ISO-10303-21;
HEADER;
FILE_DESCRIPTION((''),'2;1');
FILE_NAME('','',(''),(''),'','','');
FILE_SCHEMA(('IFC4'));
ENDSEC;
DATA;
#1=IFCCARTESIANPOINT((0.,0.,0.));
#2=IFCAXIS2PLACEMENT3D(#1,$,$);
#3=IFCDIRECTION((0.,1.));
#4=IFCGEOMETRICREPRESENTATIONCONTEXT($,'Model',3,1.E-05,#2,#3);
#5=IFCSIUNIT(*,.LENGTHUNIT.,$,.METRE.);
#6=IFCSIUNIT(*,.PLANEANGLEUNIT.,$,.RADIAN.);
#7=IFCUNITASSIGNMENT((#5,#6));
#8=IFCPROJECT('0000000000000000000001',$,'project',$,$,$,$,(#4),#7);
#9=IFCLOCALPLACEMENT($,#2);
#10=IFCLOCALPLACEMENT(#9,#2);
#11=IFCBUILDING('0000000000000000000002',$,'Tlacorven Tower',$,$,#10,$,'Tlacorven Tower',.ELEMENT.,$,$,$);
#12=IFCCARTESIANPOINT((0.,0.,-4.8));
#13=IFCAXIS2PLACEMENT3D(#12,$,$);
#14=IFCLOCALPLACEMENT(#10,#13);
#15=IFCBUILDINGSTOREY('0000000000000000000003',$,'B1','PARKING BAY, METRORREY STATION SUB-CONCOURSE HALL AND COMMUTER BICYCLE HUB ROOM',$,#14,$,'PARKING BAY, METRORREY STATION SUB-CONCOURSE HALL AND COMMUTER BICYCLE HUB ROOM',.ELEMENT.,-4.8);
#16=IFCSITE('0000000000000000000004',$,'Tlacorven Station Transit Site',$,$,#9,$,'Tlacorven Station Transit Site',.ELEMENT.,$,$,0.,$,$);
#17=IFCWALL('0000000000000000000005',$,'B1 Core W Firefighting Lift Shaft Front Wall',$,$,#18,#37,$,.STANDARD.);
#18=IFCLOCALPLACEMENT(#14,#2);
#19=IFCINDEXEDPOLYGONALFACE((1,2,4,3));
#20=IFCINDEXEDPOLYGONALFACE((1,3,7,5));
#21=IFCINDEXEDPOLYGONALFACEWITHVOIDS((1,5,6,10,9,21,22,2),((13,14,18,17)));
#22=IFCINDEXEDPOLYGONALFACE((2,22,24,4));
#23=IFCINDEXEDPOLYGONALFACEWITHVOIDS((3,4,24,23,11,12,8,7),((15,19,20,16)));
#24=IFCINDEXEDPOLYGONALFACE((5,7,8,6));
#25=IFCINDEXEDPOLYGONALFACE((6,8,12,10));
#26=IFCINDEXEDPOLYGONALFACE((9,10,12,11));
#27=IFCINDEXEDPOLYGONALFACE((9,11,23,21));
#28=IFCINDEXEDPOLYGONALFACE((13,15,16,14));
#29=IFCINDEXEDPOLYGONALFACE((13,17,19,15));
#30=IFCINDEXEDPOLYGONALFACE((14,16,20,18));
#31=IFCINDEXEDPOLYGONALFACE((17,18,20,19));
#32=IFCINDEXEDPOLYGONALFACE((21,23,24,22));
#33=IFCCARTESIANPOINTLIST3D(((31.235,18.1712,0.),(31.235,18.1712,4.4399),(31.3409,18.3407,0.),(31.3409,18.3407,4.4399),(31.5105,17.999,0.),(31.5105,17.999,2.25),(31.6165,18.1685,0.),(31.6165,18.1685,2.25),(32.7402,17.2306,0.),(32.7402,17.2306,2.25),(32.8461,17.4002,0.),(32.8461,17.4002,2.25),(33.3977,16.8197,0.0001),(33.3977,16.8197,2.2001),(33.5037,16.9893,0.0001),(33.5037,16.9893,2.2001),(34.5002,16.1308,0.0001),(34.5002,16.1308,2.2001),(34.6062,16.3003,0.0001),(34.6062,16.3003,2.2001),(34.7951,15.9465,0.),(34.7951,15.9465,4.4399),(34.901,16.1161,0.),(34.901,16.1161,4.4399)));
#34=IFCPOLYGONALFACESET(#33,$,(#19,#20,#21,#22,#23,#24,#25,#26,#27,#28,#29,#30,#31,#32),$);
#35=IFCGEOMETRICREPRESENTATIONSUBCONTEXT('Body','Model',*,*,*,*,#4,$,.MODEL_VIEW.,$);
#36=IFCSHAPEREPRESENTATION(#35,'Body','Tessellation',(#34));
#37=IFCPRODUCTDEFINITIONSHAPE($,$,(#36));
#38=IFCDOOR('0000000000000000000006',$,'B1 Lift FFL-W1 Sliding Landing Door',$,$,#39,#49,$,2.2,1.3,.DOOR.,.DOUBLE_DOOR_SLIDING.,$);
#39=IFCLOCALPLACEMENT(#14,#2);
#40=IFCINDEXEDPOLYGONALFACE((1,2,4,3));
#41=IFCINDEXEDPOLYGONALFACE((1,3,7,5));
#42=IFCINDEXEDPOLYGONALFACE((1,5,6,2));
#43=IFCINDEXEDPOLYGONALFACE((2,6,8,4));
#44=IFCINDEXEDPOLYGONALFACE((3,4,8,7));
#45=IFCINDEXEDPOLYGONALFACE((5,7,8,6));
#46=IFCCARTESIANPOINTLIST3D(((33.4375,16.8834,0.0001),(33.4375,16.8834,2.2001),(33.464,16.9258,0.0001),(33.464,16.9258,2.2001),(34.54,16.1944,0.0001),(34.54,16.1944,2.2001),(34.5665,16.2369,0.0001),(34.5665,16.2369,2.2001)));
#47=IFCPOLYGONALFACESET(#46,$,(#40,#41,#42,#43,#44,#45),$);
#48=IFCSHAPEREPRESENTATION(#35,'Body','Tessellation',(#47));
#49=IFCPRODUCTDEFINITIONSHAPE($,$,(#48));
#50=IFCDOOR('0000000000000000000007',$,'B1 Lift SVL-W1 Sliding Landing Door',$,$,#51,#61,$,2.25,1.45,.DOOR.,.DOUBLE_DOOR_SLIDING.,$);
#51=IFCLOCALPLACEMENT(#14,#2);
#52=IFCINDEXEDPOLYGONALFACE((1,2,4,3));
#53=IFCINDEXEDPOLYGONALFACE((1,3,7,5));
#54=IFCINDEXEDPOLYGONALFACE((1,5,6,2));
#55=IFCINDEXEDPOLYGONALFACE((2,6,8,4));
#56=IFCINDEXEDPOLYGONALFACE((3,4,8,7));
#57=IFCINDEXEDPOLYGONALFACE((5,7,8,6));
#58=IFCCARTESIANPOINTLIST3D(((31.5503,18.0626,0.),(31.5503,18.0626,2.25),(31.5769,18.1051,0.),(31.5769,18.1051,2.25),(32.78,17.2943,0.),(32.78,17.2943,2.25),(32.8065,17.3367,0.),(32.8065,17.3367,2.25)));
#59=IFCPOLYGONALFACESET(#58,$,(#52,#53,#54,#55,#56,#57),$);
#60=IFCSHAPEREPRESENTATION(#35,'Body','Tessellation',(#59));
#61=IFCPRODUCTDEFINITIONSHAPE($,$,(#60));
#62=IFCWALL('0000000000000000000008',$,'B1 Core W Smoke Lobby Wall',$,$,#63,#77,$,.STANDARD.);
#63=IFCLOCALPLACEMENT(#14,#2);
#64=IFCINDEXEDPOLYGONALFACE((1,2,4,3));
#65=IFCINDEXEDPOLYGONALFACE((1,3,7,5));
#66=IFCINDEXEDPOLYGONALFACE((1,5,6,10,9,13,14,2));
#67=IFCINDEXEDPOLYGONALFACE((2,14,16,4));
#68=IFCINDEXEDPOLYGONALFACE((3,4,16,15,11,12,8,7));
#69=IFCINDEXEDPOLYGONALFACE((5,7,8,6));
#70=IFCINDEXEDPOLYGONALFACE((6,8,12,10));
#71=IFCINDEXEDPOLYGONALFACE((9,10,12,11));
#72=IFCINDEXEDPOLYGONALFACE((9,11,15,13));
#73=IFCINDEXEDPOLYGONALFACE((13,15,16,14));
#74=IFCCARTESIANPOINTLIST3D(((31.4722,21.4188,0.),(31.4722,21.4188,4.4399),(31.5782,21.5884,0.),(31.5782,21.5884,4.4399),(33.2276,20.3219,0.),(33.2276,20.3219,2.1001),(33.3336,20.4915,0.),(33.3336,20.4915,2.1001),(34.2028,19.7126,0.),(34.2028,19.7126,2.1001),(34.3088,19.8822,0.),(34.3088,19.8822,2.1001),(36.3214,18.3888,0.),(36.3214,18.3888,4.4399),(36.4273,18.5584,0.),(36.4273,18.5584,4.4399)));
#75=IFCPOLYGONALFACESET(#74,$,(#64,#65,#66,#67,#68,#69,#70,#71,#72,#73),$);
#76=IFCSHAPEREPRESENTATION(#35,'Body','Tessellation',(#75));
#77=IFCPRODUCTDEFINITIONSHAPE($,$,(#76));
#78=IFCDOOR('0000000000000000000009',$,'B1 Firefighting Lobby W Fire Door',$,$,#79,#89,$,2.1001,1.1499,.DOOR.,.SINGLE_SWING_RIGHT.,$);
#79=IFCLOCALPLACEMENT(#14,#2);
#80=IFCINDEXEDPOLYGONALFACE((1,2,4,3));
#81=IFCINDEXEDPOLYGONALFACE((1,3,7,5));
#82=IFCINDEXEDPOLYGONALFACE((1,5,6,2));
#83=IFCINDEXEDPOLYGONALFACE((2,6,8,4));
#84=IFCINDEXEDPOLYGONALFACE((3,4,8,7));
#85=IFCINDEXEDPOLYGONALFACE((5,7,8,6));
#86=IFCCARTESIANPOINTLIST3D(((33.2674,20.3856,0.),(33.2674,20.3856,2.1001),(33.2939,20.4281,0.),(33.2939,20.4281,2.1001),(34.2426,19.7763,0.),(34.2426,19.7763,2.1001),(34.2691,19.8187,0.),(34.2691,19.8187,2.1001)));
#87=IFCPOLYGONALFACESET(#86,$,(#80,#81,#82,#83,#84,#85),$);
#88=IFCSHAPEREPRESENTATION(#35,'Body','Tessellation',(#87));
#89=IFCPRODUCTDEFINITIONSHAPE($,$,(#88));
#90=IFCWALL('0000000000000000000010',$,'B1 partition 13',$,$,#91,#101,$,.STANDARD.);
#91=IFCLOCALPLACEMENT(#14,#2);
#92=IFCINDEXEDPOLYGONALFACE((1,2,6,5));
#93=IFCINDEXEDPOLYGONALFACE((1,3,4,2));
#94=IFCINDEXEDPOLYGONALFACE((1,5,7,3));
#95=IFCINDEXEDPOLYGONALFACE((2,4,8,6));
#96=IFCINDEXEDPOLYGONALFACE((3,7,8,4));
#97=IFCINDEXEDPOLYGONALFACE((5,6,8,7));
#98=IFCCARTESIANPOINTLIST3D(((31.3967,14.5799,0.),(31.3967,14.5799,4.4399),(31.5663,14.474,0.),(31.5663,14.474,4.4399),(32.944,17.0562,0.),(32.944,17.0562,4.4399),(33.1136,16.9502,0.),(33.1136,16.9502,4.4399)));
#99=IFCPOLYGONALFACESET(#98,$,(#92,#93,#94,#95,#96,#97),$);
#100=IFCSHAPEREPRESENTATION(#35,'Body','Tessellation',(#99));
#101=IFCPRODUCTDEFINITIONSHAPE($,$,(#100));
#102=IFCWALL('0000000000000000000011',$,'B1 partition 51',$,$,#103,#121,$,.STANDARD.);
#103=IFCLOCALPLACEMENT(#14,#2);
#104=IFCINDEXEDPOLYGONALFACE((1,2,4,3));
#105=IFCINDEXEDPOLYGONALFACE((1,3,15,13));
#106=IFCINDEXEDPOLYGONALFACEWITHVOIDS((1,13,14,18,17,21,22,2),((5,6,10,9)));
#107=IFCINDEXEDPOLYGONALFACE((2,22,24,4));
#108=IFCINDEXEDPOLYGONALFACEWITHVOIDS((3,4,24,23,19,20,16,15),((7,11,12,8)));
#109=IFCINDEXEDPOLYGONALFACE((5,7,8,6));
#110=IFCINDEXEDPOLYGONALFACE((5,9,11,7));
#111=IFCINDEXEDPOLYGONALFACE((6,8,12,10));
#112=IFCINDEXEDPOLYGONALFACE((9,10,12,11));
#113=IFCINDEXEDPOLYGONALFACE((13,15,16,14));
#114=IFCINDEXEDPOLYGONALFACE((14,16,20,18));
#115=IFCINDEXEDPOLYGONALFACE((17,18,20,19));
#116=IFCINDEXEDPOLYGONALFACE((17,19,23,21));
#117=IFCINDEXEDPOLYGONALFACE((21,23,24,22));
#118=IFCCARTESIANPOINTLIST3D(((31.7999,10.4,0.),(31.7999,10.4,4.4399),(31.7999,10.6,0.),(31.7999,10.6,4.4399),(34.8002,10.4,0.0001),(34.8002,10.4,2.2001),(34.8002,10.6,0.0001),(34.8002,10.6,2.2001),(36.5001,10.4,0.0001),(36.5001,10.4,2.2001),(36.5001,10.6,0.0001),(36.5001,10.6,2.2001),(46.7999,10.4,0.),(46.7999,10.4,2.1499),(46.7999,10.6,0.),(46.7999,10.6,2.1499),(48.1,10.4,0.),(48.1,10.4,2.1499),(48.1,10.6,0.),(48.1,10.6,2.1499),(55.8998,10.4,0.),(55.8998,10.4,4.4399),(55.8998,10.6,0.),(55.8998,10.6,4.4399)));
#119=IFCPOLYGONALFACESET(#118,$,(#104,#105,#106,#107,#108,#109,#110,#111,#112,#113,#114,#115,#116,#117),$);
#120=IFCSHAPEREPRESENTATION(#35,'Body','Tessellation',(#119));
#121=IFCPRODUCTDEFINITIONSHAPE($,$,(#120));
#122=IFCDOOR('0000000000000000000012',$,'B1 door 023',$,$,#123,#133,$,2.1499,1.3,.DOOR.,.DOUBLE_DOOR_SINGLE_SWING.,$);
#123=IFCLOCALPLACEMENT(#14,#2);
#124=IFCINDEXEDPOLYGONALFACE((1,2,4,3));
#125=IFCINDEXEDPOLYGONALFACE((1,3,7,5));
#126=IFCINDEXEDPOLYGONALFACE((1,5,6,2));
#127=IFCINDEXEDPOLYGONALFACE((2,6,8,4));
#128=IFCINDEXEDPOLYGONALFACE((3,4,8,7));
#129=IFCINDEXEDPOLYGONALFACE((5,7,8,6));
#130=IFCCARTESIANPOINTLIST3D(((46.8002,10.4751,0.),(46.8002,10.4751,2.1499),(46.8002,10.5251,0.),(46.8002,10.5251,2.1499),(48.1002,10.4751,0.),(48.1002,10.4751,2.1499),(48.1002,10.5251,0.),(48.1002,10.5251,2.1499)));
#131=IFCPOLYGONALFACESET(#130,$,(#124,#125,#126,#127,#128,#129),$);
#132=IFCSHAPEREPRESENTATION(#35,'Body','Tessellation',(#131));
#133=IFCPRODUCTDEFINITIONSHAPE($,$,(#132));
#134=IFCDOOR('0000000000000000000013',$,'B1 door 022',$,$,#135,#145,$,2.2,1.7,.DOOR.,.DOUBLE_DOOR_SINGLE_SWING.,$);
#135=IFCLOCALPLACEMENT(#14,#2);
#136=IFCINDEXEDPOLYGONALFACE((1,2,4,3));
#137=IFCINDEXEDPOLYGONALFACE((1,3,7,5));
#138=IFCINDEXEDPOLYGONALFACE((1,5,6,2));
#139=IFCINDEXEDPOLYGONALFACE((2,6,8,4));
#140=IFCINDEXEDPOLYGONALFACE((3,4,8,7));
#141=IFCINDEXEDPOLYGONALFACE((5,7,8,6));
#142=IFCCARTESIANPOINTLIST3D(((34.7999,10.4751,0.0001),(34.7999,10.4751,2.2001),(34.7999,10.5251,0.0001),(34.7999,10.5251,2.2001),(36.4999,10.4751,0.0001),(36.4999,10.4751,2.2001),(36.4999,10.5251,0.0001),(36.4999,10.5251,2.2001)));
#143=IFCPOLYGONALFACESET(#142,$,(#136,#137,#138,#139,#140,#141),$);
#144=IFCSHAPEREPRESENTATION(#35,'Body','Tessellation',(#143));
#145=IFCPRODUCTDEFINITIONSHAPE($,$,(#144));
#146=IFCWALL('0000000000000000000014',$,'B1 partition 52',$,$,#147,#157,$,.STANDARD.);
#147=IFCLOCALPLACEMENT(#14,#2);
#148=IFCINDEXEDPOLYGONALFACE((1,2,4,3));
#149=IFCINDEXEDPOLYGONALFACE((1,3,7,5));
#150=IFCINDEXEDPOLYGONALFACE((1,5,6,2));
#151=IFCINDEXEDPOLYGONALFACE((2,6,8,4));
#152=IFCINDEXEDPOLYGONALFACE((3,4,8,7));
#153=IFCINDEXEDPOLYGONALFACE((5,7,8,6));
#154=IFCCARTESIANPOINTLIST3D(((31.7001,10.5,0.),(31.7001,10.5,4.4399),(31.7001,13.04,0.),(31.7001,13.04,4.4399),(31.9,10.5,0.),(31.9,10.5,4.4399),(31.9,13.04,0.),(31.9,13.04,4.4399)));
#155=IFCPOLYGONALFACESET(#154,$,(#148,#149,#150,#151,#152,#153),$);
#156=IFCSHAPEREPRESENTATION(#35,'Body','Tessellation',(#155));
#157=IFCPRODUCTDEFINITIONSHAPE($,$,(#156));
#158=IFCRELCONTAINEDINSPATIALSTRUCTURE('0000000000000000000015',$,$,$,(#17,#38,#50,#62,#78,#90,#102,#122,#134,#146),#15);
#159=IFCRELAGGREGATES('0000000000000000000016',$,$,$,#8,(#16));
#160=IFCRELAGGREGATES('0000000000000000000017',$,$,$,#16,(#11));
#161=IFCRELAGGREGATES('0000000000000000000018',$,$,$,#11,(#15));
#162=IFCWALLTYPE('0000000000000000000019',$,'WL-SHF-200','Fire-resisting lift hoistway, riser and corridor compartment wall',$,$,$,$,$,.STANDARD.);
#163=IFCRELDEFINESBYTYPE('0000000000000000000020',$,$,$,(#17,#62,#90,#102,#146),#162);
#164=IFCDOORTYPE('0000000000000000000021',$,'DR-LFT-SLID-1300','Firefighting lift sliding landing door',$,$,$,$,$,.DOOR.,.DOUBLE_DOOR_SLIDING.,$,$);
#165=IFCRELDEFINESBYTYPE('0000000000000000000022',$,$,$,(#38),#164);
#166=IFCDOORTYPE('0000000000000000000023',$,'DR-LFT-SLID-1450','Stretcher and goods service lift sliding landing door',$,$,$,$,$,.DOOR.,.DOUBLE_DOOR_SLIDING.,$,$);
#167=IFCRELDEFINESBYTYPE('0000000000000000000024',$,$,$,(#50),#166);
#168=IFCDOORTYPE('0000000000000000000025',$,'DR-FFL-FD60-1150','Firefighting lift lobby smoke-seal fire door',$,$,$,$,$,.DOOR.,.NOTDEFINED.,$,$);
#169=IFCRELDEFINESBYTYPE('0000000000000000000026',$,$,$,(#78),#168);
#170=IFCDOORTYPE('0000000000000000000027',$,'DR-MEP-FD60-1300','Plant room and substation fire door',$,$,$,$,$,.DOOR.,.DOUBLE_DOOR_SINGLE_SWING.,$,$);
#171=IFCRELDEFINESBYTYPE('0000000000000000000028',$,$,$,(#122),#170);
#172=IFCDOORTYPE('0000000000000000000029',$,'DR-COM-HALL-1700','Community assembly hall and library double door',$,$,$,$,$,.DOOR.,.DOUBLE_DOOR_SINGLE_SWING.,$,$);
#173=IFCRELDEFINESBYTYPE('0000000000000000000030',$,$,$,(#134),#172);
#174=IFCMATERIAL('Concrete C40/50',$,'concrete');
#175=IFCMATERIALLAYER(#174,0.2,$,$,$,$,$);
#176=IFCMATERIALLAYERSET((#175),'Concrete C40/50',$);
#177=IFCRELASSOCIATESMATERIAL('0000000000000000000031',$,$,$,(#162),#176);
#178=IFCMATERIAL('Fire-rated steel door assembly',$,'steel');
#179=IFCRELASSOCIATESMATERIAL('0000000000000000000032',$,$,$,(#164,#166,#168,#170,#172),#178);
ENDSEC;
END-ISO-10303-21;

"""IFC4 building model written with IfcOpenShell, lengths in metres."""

from ifc_helpers import new_model, si_unit, direction, frame, frame_2d, origin, place, context, subcontext, project, spatial, rectangle, extrude, source, transform, mapped, material, layer, layer_set, type_object, element, fill, save


model = new_model("IFC4")

# Units and contexts
model_context = context("Model", 3, precision=1e-05, world=origin(), true_north=direction((0.0, 1.0)))
body_context = subcontext(model_context, "Body", "Model", "MODEL_VIEW")
ifc_project = project(units=[si_unit("LENGTHUNIT", "METRE"), si_unit("PLANEANGLEUNIT", "RADIAN")], contexts=[model_context])

# Site, building, storey
site_placement = place(None, origin())
site = spatial("IfcSite", under=ifc_project, at=site_placement, Name="Tlacorven Station Transit Site", LongName="Tlacorven Station Transit Site", CompositionType="ELEMENT", RefElevation=0.0)
building_placement = place(site_placement, origin())
building = spatial("IfcBuilding", under=site, at=building_placement, Name="Tlacorven Tower", LongName="Tlacorven Tower", CompositionType="ELEMENT")
storey_placement = place(building_placement, frame((0.0, 0.0, -4.8)))
storey = spatial("IfcBuildingStorey", under=building, at=storey_placement, Name="B1", Description="PARKING BAY, METRORREY STATION SUB-CONCOURSE HALL AND COMMUTER BICYCLE HUB ROOM", LongName="PARKING BAY, METRORREY STATION SUB-CONCOURSE HALL AND COMMUTER BICYCLE HUB ROOM", CompositionType="ELEMENT", Elevation=-4.8)

# Wall, openings, doors
ifc_material_1 = material(Name="Concrete C40/50", Category="concrete")
ifc_layer_1 = layer(ifc_material_1, 0.2)
ifc_layer_set_1 = layer_set([ifc_layer_1], Name="Concrete C40/50")
wall_type_1 = type_object("IfcWallType", Name="WL-SHF-200", Description="Fire-resisting lift hoistway, riser and corridor compartment wall", PredefinedType="STANDARD", material=ifc_layer_set_1)
wall_1_placement = place(storey_placement, frame((34.8481, 16.0312, 0.0), z_axis=(0.0, 0.0, 1.0), x_axis=(-0.848044, 0.529926, 0.0)))
wall_1 = element("IfcWall", 1, at=wall_1_placement, inside=storey, type_object=wall_type_1, Name="B1 Core W Firefighting Lift Shaft Front Wall", PredefinedType="STANDARD", context=body_context, shape_type="SweptSolid", body=[
    extrude(rectangle(XDim=4.198, YDim=0.2, at=frame_2d((2.0991, 0.0))), origin(), (0.0, 0.0, 1.0), 4.4399),
])
opening_1_placement = place(wall_1_placement, frame((0.3479, 0.0, 0.0)))
opening_1 = element("IfcOpeningElement", 2, at=opening_1_placement, cuts=wall_1, PredefinedType="OPENING", context=body_context, shape_type="SweptSolid", body=[
    extrude(rectangle(XDim=1.3, YDim=2.2, at=frame_2d((0.6499, 1.1001))), frame((0.0, 0.1099, 0.0), z_axis=(0.0, -1.0, 0.0), x_axis=(1.0, 0.0, 0.0)), (0.0, 0.0, 1.0), 0.22),
])
opening_2_placement = place(wall_1_placement, frame((2.4231, 0.0, 0.0)))
opening_2 = element("IfcOpeningElement", 3, at=opening_2_placement, cuts=wall_1, PredefinedType="OPENING", context=body_context, shape_type="SweptSolid", body=[
    extrude(rectangle(XDim=1.45, YDim=2.25, at=frame_2d((0.7251, 1.125))), frame((0.0, 0.1099, 0.0), z_axis=(0.0, -1.0, 0.0), x_axis=(1.0, 0.0, 0.0)), (0.0, 0.0, 1.0), 0.22),
])
ifc_material_2 = material(Name="Fire-rated steel door assembly", Category="steel")
door_type_1 = type_object("IfcDoorType", Name="DR-LFT-SLID-1300", Description="Firefighting lift sliding landing door", OperationType="DOUBLE_DOOR_SLIDING", PredefinedType="DOOR", material=ifc_material_2)
shared_shape_1 = source(origin(), body_context, "Body", "SweptSolid", [
    extrude(rectangle(XDim=1.3, YDim=2.2, at=frame_2d((0.6499, 1.1001))), frame((0.0, 0.0249, 0.0), z_axis=(0.0, -1.0, 0.0), x_axis=(1.0, 0.0, 0.0)), (0.0, 0.0, 1.0), 0.05),
])
door_1_placement = place(opening_1_placement, origin())
door_1 = element("IfcDoor", 4, at=door_1_placement, inside=storey, type_object=door_type_1, Name="B1 Lift FFL-W1 Sliding Landing Door", OperationType="DOUBLE_DOOR_SLIDING", OverallHeight=2.2, OverallWidth=1.3, PredefinedType="DOOR", context=body_context, shape_type="MappedRepresentation", body=[
    mapped(shared_shape_1, transform((0.0, 0.0, 0.0), scale=1.0)),
])
fill(opening_1, door_1)
door_type_2 = type_object("IfcDoorType", Name="DR-LFT-SLID-1450", Description="Stretcher and goods service lift sliding landing door", OperationType="DOUBLE_DOOR_SLIDING", PredefinedType="DOOR", material=ifc_material_2)
shared_shape_2 = source(origin(), body_context, "Body", "SweptSolid", [
    extrude(rectangle(XDim=1.45, YDim=2.25, at=frame_2d((0.7251, 1.125))), frame((0.0, 0.0249, 0.0), z_axis=(0.0, -1.0, 0.0), x_axis=(1.0, 0.0, 0.0)), (0.0, 0.0, 1.0), 0.05),
])
door_2_placement = place(opening_2_placement, origin())
door_2 = element("IfcDoor", 5, at=door_2_placement, inside=storey, type_object=door_type_2, Name="B1 Lift SVL-W1 Sliding Landing Door", OperationType="DOUBLE_DOOR_SLIDING", OverallHeight=2.25, OverallWidth=1.45, PredefinedType="DOOR", context=body_context, shape_type="MappedRepresentation", body=[
    mapped(shared_shape_2, transform((0.0, 0.0, 0.0), scale=1.0)),
])
fill(opening_2, door_2)

# Wall, opening, door
wall_2_placement = place(storey_placement, frame((36.3743, 18.4736, 0.0), z_axis=(0.0, 0.0, 1.0), x_axis=(-0.848051, 0.529915, 0.0)))
wall_2 = element("IfcWall", 6, at=wall_2_placement, inside=storey, type_object=wall_type_1, Name="B1 Core W Smoke Lobby Wall", PredefinedType="STANDARD", context=body_context, shape_type="SweptSolid", body=[
    extrude(rectangle(XDim=5.718, YDim=0.2, at=frame_2d((2.8589, 0.0))), origin(), (0.0, 0.0, 1.0), 4.4399),
])
opening_3_placement = place(wall_2_placement, frame((2.498, 0.0, 0.0)))
opening_3 = element("IfcOpeningElement", 7, at=opening_3_placement, cuts=wall_2, PredefinedType="OPENING", context=body_context, shape_type="SweptSolid", body=[
    extrude(rectangle(XDim=1.1499, YDim=2.1001, at=frame_2d((0.575, 1.05))), frame((0.0, 0.1099, 0.0), z_axis=(0.0, -1.0, 0.0), x_axis=(1.0, 0.0, 0.0)), (0.0, 0.0, 1.0), 0.22),
])
door_type_3 = type_object("IfcDoorType", Name="DR-FFL-FD60-1150", Description="Firefighting lift lobby smoke-seal fire door", OperationType="NOTDEFINED", PredefinedType="DOOR", material=ifc_material_2)
shared_shape_3 = source(origin(), body_context, "Body", "SweptSolid", [
    extrude(rectangle(XDim=1.1499, YDim=2.1001, at=frame_2d((0.575, 1.05))), frame((0.0, 0.0249, 0.0), z_axis=(0.0, -1.0, 0.0), x_axis=(1.0, 0.0, 0.0)), (0.0, 0.0, 1.0), 0.05),
])
door_3_placement = place(opening_3_placement, origin())
door_3 = element("IfcDoor", 8, at=door_3_placement, inside=storey, type_object=door_type_3, Name="B1 Firefighting Lobby W Fire Door", OperationType="SINGLE_SWING_RIGHT", OverallHeight=2.1001, OverallWidth=1.1499, PredefinedType="DOOR", context=body_context, shape_type="MappedRepresentation", body=[
    mapped(shared_shape_3, transform((0.0, 0.0, 0.0), scale=1.0)),
])
fill(opening_3, door_3)

# Wall
wall_3_placement = place(storey_placement, frame((33.0288, 17.0032, 0.0), z_axis=(0.0, 0.0, 1.0), x_axis=(-0.529916, -0.84805, 0.0)))
element("IfcWall", 9, at=wall_3_placement, inside=storey, type_object=wall_type_1, Name="B1 partition 13", PredefinedType="STANDARD", context=body_context, shape_type="SweptSolid", body=[
    extrude(rectangle(XDim=2.9199, YDim=0.2, at=frame_2d((1.46, 0.0))), origin(), (0.0, 0.0, 1.0), 4.4399),
])

# Wall, openings, doors
wall_4_placement = place(storey_placement, frame((31.8, 10.5, 0.0), z_axis=(0.0, 0.0, 1.0), x_axis=(1.0, 0.0, 0.0)))
wall_4 = element("IfcWall", 10, at=wall_4_placement, inside=storey, type_object=wall_type_1, Name="B1 partition 51", PredefinedType="STANDARD", context=body_context, shape_type="SweptSolid", body=[
    extrude(rectangle(XDim=24.0999, YDim=0.2, at=frame_2d((12.0498, 0.0))), origin(), (0.0, 0.0, 1.0), 4.4399),
])
opening_4_placement = place(wall_4_placement, frame((3.0, 0.0, 0.0)))
opening_4 = element("IfcOpeningElement", 11, at=opening_4_placement, cuts=wall_4, PredefinedType="OPENING", context=body_context, shape_type="SweptSolid", body=[
    extrude(rectangle(XDim=1.7, YDim=2.2, at=frame_2d((0.8501, 1.1001))), frame((0.0, 0.1099, 0.0), z_axis=(0.0, -1.0, 0.0), x_axis=(1.0, 0.0, 0.0)), (0.0, 0.0, 1.0), 0.22),
])
opening_5_placement = place(wall_4_placement, frame((15.0, 0.0, 0.0)))
opening_5 = element("IfcOpeningElement", 12, at=opening_5_placement, cuts=wall_4, PredefinedType="OPENING", context=body_context, shape_type="SweptSolid", body=[
    extrude(rectangle(XDim=1.3, YDim=2.1499, at=frame_2d((0.6499, 1.075))), frame((0.0, 0.1099, 0.0), z_axis=(0.0, -1.0, 0.0), x_axis=(1.0, 0.0, 0.0)), (0.0, 0.0, 1.0), 0.22),
])
door_type_4 = type_object("IfcDoorType", Name="DR-MEP-FD60-1300", Description="Plant room and substation fire door", OperationType="DOUBLE_DOOR_SINGLE_SWING", PredefinedType="DOOR", material=ifc_material_2)
shared_shape_4 = source(origin(), body_context, "Body", "SweptSolid", [
    extrude(rectangle(XDim=1.3, YDim=2.1499, at=frame_2d((0.6499, 1.075))), frame((0.0, 0.0249, 0.0), z_axis=(0.0, -1.0, 0.0), x_axis=(1.0, 0.0, 0.0)), (0.0, 0.0, 1.0), 0.05),
])
door_4_placement = place(opening_5_placement, frame((1.3, 0.0, 0.0), z_axis=(0.0, 0.0, 1.0), x_axis=(-1.0, 0.0, 0.0)))
door_4 = element("IfcDoor", 13, at=door_4_placement, inside=storey, type_object=door_type_4, Name="B1 door 023", OperationType="DOUBLE_DOOR_SINGLE_SWING", OverallHeight=2.1499, OverallWidth=1.3, PredefinedType="DOOR", context=body_context, shape_type="MappedRepresentation", body=[
    mapped(shared_shape_4, transform((0.0, 0.0, 0.0), scale=1.0)),
])
fill(opening_5, door_4)
door_type_5 = type_object("IfcDoorType", Name="DR-COM-HALL-1700", Description="Community assembly hall and library double door", OperationType="DOUBLE_DOOR_SINGLE_SWING", PredefinedType="DOOR", material=ifc_material_2)
shared_shape_5 = source(origin(), body_context, "Body", "SweptSolid", [
    extrude(rectangle(XDim=1.7, YDim=2.2, at=frame_2d((0.8501, 1.1001))), frame((0.0, 0.0249, 0.0), z_axis=(0.0, -1.0, 0.0), x_axis=(1.0, 0.0, 0.0)), (0.0, 0.0, 1.0), 0.05),
])
door_5_placement = place(opening_4_placement, frame((1.7, 0.0, 0.0), z_axis=(0.0, 0.0, 1.0), x_axis=(-1.0, 0.0, 0.0)))
door_5 = element("IfcDoor", 14, at=door_5_placement, inside=storey, type_object=door_type_5, Name="B1 door 022", OperationType="DOUBLE_DOOR_SINGLE_SWING", OverallHeight=2.2, OverallWidth=1.7, PredefinedType="DOOR", context=body_context, shape_type="MappedRepresentation", body=[
    mapped(shared_shape_5, transform((0.0, 0.0, 0.0), scale=1.0)),
])
fill(opening_4, door_5)

# Wall
wall_5_placement = place(storey_placement, frame((31.8, 10.5, 0.0), z_axis=(0.0, 0.0, 1.0), x_axis=(0.0, 1.0, 0.0)))
element("IfcWall", 15, at=wall_5_placement, inside=storey, type_object=wall_type_1, Name="B1 partition 52", PredefinedType="STANDARD", context=body_context, shape_type="SweptSolid", body=[
    extrude(rectangle(XDim=2.54, YDim=0.2, at=frame_2d((1.27, 0.0))), origin(), (0.0, 0.0, 1.0), 4.4399),
])

save(model, "model.ifc")
